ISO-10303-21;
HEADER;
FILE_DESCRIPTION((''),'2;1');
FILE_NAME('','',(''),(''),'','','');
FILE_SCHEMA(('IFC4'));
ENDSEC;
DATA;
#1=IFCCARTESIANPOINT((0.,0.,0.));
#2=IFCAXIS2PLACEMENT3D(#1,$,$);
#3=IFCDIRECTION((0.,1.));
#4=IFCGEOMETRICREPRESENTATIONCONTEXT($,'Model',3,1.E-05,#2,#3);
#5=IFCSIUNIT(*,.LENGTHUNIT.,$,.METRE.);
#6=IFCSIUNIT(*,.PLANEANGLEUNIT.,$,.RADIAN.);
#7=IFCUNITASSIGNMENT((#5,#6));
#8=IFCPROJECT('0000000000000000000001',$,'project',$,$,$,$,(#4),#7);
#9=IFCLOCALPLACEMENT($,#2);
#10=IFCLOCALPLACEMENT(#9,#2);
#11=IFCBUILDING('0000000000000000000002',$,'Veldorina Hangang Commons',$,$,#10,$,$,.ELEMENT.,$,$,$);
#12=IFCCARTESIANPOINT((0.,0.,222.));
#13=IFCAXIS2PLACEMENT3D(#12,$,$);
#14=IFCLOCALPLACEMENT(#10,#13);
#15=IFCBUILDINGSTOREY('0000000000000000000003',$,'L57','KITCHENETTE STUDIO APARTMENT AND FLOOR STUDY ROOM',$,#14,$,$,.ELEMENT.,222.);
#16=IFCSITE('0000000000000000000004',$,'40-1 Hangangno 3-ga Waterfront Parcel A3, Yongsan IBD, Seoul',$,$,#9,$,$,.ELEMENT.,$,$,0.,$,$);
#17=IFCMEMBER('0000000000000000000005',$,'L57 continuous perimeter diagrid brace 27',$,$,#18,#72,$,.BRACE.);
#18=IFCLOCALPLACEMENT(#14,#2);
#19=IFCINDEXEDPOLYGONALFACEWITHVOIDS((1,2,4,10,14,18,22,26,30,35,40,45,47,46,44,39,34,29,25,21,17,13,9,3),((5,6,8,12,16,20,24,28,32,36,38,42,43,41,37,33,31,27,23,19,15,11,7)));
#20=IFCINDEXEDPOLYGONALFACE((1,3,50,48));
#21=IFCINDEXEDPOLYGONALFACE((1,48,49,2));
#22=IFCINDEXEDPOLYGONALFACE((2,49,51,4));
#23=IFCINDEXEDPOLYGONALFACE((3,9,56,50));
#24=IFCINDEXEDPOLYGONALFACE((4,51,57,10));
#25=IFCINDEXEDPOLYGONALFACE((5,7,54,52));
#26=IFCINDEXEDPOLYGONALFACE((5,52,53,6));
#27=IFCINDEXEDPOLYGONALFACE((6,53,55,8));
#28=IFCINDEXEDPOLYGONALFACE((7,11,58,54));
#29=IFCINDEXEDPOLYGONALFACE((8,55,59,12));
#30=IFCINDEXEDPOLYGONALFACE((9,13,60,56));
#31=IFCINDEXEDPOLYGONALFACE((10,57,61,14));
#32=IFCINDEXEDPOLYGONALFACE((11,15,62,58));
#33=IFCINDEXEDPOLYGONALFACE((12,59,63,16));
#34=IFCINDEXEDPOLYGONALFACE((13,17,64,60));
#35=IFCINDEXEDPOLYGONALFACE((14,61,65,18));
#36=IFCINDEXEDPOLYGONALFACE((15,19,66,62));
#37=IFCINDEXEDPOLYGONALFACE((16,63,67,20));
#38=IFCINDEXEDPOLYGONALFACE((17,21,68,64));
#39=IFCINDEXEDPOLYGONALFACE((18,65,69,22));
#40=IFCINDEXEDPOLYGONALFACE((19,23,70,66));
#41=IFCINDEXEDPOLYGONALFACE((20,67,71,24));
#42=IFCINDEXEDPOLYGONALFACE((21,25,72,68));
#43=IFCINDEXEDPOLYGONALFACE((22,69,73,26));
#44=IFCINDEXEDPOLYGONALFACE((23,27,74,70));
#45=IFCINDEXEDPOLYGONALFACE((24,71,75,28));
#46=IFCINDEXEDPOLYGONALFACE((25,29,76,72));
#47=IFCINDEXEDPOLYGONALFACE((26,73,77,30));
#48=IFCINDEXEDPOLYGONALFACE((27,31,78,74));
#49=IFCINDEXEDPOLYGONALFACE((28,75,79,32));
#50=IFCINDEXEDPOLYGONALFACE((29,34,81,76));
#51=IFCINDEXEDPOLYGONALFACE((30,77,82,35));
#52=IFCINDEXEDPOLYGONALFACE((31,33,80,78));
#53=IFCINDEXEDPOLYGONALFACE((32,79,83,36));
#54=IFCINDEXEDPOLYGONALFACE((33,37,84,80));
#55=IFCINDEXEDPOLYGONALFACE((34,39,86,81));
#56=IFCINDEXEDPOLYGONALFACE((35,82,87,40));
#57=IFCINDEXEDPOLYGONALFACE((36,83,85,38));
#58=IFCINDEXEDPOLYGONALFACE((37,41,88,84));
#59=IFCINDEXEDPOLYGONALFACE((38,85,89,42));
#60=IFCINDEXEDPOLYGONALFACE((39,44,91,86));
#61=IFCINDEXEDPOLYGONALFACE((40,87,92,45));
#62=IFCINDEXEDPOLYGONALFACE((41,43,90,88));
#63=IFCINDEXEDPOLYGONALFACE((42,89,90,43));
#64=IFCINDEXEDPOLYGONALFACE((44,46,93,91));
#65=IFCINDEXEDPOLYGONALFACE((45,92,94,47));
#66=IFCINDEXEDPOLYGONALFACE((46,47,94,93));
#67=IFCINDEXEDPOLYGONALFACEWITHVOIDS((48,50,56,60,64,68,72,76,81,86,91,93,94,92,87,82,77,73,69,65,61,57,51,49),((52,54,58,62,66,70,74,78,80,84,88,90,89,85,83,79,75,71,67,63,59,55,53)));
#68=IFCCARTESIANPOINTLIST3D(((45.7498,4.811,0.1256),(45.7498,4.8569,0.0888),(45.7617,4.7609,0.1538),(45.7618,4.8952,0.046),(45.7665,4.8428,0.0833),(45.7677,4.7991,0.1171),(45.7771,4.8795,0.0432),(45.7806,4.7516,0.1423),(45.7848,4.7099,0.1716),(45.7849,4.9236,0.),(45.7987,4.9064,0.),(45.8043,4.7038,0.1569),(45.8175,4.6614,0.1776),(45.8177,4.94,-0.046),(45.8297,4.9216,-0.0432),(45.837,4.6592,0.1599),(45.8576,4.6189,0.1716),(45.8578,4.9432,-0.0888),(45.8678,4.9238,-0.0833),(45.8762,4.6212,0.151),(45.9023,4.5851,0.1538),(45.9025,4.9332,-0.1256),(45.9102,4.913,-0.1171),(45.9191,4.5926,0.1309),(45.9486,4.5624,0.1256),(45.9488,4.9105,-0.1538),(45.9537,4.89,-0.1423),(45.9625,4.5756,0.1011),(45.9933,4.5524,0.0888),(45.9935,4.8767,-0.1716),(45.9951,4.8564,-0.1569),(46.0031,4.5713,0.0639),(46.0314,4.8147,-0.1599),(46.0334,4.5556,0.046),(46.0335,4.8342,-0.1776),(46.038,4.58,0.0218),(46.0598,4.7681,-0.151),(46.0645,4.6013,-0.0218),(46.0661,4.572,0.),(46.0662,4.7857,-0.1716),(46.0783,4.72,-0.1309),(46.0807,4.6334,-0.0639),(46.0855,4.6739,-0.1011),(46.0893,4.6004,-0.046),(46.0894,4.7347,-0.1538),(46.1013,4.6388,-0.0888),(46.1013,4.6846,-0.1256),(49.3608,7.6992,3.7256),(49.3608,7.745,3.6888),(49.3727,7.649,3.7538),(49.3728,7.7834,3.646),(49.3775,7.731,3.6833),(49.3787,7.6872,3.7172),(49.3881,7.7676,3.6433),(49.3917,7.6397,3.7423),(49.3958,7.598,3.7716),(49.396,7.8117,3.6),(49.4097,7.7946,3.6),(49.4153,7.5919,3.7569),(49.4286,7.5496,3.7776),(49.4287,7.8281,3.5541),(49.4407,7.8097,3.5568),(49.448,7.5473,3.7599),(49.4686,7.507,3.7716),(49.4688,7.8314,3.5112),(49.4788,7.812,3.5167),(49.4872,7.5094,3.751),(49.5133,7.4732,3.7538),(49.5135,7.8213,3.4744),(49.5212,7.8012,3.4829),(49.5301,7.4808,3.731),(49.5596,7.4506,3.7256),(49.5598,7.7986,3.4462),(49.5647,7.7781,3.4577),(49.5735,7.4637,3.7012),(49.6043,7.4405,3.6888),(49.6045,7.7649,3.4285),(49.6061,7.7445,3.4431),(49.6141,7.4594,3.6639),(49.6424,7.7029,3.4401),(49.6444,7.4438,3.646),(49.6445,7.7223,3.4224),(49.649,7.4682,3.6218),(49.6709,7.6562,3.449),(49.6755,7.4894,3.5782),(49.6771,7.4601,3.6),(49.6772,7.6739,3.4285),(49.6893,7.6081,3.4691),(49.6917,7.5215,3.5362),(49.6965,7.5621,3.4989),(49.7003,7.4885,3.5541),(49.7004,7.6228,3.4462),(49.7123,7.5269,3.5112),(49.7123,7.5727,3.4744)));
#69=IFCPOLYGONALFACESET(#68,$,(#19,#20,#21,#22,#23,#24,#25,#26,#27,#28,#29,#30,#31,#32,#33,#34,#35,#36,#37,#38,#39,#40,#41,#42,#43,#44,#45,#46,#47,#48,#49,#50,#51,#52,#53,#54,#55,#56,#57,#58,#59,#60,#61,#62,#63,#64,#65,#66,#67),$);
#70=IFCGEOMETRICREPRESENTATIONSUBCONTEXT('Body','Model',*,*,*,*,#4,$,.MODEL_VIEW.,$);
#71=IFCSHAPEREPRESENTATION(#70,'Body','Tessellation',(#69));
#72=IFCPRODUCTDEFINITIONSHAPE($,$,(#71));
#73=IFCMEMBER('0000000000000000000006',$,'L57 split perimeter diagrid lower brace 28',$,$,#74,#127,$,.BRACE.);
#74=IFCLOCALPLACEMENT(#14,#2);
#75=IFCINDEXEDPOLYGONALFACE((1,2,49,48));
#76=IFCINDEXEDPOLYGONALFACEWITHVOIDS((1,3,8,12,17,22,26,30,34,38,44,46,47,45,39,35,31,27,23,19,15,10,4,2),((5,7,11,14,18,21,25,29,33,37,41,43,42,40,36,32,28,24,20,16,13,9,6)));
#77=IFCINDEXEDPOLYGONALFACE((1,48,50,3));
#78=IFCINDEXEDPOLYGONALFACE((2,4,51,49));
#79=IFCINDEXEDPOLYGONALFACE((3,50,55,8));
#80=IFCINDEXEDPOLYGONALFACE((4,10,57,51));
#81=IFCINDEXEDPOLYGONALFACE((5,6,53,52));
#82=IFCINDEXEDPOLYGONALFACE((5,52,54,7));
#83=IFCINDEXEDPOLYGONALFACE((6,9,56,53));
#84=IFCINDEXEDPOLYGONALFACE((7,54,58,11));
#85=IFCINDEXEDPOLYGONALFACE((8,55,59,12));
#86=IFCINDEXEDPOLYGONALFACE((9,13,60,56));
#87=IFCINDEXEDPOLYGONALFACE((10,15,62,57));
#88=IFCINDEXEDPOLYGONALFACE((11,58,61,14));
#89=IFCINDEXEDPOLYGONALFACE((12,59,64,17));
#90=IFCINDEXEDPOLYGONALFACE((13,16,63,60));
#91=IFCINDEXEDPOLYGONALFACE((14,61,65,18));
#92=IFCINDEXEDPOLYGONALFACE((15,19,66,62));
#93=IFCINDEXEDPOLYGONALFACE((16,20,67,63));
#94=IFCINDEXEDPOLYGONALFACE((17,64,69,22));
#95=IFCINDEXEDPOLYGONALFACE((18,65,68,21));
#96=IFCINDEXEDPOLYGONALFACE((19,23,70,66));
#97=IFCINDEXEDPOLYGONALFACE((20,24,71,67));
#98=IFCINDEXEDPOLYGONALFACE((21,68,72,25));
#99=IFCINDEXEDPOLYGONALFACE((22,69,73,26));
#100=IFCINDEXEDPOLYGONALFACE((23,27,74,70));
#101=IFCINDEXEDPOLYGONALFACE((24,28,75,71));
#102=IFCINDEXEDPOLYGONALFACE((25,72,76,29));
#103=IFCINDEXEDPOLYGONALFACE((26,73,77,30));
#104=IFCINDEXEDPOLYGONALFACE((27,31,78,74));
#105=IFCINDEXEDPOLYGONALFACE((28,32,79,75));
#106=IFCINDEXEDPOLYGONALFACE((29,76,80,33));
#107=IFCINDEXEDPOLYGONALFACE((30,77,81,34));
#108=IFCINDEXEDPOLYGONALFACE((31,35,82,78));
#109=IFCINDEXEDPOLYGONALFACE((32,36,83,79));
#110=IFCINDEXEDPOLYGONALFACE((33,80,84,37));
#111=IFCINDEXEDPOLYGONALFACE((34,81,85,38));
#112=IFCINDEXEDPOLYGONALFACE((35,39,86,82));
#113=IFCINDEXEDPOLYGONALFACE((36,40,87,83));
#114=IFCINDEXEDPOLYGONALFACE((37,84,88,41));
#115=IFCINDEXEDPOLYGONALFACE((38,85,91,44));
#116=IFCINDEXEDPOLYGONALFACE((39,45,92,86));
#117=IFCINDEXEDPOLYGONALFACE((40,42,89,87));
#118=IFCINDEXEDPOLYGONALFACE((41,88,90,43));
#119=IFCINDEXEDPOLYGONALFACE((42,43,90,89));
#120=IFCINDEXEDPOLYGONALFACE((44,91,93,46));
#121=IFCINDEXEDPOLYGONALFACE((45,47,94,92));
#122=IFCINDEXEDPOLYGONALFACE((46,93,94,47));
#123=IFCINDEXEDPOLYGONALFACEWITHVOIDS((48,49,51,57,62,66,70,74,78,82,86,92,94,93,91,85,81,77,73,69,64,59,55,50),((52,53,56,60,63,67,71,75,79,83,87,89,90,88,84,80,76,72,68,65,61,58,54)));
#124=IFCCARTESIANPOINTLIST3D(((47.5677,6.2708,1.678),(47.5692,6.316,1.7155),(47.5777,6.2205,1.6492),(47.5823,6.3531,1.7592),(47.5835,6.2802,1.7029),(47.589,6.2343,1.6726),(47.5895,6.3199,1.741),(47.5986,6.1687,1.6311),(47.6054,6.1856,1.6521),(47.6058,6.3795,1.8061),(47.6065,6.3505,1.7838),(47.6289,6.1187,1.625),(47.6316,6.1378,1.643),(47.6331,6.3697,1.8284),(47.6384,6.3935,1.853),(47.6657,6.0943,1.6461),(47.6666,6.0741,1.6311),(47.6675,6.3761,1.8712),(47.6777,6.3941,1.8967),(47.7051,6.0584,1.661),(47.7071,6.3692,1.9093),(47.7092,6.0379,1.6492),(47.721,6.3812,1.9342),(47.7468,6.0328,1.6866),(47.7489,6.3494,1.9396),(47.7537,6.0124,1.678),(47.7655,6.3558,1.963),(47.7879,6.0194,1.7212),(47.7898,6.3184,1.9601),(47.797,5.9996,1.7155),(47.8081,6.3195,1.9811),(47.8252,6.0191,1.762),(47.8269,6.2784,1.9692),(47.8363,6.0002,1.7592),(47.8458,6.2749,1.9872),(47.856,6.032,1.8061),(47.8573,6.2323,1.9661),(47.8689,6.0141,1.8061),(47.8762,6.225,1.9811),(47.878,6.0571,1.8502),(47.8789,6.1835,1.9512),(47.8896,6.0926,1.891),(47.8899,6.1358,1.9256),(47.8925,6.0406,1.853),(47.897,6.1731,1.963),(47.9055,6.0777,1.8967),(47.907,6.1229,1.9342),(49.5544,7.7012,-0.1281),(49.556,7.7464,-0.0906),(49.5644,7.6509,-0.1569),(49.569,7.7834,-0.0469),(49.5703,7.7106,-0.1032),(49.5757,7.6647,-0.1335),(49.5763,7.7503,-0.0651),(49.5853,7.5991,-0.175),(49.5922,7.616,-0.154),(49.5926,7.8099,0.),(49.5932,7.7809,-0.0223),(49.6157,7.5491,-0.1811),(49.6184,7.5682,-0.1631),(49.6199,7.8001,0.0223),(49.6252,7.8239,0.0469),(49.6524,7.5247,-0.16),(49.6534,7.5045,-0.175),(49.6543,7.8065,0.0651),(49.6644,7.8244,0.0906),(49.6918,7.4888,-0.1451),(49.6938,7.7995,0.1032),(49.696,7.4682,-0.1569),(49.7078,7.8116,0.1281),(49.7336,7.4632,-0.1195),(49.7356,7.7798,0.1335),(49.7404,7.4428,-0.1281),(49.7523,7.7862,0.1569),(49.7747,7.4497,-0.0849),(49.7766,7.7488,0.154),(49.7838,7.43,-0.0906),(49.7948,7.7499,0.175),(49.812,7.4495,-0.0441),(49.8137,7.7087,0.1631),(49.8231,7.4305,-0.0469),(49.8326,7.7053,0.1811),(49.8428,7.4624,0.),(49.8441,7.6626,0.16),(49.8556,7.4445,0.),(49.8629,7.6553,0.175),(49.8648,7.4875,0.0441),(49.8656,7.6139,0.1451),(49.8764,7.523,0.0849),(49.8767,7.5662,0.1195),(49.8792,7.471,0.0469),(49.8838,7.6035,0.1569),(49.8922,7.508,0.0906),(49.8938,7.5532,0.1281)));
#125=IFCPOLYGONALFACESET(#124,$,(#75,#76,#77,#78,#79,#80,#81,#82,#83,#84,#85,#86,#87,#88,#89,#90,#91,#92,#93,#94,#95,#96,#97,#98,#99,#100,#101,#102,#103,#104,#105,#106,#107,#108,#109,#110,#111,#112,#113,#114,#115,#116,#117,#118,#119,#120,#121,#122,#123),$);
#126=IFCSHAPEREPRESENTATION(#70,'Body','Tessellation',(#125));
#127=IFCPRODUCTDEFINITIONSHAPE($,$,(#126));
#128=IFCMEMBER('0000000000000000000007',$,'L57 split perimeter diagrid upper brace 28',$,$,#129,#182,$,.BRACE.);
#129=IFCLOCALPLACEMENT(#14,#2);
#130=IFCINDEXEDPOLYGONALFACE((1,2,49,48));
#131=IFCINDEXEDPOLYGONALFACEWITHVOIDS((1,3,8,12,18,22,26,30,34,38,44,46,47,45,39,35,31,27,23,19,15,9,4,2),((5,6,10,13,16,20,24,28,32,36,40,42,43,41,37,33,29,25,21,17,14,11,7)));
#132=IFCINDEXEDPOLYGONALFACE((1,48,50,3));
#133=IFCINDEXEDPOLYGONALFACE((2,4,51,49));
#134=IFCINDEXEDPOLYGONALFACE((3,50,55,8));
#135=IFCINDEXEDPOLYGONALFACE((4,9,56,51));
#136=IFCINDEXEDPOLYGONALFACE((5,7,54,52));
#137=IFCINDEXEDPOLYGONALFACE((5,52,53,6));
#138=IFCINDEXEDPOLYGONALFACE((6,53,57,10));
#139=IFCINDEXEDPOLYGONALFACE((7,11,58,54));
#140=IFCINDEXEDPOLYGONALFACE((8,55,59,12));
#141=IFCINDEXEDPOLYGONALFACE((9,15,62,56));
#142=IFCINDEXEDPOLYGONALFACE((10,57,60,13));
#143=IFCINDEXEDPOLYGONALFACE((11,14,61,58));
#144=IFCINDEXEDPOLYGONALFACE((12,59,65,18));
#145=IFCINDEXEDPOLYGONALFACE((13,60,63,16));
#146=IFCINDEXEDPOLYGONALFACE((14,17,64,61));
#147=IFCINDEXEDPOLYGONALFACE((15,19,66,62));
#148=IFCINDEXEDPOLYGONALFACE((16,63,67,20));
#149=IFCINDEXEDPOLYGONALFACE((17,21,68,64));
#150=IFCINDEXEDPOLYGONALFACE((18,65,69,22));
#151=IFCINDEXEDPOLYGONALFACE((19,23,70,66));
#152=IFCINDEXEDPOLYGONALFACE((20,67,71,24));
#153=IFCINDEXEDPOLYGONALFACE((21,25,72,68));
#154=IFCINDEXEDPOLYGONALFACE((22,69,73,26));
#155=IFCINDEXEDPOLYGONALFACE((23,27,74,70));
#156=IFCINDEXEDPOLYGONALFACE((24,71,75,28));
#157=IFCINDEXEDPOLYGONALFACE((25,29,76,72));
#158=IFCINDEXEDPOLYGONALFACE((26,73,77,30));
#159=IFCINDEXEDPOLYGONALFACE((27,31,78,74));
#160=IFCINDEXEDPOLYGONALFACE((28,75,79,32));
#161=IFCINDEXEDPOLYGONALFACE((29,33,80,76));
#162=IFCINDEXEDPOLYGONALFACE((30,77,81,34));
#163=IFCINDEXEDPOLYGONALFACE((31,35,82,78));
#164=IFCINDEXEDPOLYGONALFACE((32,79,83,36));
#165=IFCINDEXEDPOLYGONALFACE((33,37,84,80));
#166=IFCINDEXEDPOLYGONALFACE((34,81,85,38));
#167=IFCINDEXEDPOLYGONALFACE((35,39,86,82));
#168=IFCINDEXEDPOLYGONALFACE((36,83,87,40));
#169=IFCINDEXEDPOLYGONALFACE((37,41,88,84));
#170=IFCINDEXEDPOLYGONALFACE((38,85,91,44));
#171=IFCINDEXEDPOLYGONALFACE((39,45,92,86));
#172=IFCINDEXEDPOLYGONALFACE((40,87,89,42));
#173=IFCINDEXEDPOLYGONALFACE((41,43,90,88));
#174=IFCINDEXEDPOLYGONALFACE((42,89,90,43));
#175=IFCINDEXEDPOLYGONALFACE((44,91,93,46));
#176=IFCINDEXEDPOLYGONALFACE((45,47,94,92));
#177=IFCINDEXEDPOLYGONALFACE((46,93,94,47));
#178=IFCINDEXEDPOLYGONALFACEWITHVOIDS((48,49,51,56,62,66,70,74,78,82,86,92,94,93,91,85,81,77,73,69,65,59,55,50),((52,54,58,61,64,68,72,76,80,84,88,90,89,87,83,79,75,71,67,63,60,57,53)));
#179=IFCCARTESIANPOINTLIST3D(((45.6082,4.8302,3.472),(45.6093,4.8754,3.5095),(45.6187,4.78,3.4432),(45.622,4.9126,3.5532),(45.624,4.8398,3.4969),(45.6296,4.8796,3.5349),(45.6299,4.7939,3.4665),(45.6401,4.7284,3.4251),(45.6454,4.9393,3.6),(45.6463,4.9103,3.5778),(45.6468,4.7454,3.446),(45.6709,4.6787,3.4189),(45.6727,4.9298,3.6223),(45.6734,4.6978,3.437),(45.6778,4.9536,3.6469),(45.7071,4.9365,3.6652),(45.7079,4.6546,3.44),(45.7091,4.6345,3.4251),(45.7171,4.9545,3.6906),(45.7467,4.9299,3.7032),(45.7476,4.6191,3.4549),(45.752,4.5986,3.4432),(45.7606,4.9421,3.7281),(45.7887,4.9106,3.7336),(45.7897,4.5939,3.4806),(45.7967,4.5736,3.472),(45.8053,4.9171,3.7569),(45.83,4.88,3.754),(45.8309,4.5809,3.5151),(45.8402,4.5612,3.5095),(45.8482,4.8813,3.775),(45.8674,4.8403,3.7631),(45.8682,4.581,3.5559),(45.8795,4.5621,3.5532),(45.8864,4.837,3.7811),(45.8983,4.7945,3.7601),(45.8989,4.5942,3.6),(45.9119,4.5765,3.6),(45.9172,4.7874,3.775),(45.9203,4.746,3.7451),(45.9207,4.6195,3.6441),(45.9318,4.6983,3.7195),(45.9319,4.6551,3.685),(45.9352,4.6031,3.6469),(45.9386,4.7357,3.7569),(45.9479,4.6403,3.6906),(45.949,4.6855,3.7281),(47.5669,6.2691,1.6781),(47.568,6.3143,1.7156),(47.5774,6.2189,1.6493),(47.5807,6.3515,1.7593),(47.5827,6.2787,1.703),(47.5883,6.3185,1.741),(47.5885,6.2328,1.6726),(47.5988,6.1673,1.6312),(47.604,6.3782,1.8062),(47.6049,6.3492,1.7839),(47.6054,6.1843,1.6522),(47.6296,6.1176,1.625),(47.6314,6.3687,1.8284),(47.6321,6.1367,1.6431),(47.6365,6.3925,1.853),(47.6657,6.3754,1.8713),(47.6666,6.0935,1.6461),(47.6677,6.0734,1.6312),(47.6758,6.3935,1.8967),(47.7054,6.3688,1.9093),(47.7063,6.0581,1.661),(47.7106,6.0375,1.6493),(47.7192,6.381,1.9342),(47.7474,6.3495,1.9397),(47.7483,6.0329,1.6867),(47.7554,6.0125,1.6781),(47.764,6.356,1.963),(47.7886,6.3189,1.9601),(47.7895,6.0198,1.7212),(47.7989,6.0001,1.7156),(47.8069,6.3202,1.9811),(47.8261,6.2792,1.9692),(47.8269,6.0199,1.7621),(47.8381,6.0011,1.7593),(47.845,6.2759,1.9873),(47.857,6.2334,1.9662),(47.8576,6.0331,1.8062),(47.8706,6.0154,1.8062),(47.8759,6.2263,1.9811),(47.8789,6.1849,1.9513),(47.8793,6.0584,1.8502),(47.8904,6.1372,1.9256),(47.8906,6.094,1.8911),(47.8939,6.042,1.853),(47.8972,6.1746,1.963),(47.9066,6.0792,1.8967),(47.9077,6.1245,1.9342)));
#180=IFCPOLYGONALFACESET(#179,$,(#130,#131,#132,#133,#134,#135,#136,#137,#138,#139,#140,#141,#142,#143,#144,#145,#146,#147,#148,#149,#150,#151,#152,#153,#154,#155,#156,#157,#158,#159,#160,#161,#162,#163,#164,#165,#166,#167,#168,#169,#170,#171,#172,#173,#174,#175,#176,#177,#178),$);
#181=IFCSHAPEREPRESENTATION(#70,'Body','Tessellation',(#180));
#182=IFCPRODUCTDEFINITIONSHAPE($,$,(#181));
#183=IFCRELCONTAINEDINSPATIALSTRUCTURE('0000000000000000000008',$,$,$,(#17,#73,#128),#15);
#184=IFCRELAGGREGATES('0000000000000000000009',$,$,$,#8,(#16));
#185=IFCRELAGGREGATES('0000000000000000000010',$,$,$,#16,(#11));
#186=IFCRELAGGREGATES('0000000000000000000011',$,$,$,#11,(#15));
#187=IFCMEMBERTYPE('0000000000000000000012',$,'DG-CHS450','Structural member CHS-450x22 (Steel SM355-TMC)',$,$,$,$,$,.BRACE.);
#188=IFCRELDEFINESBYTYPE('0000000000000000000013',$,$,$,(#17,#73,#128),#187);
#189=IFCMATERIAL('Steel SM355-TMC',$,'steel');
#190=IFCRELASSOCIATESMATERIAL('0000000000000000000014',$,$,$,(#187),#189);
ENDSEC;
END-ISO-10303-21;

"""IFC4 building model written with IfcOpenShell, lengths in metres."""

from ifc_helpers import new_model, si_unit, direction, frame, origin, origin_2d, place, context, subcontext, project, spatial, hollow_circle, extrude, material, material_profile, profile_set, type_object, element, save


model = new_model("IFC4")

# Units and contexts
model_context = context("Model", 3, precision=1e-05, world=origin(), true_north=direction((0.0, 1.0)))
body_context = subcontext(model_context, "Body", "Model", "MODEL_VIEW")
ifc_project = project(units=[si_unit("LENGTHUNIT", "METRE"), si_unit("PLANEANGLEUNIT", "RADIAN")], contexts=[model_context])

# Site, building, storey
site_placement = place(None, origin())
site = spatial("IfcSite", under=ifc_project, at=site_placement, Name="40-1 Hangangno 3-ga Waterfront Parcel A3, Yongsan IBD, Seoul", CompositionType="ELEMENT", RefElevation=0.0)
building_placement = place(site_placement, origin())
building = spatial("IfcBuilding", under=site, at=building_placement, Name="Veldorina Hangang Commons", CompositionType="ELEMENT")
storey_placement = place(building_placement, frame((0.0, 0.0, 222.0)))
storey = spatial("IfcBuildingStorey", under=building, at=storey_placement, Name="L57", Description="KITCHENETTE STUDIO APARTMENT AND FLOOR STUDY ROOM", CompositionType="ELEMENT", Elevation=222.0)

# Shared definitions
ifc_material_1 = material(Name="Steel SM355-TMC", Category="steel")

# Members
ifc_material_profile_1 = material_profile(ifc_material_1, hollow_circle(Radius=0.2251, WallThickness=0.022, at=origin_2d()), Name="CHS-450x22")
ifc_profile_set_1 = profile_set([ifc_material_profile_1], Name="Steel SM355-TMC")
member_type_1 = type_object("IfcMemberType", Name="DG-CHS450", Description="Structural member CHS-450x22 (Steel SM355-TMC)", PredefinedType="BRACE", material=ifc_profile_set_1)
member_1_placement = place(storey_placement, frame((45.9255, 4.7478, 0.0), z_axis=(0.616202, 0.492845, 0.614328), x_axis=(-0.624605, 0.780941, 0.0)))
element("IfcMember", 1, at=member_1_placement, inside=storey, type_object=member_type_1, Name="L57 continuous perimeter diagrid brace 27", PredefinedType="BRACE", context=body_context, shape_type="SweptSolid", body=[
    extrude(hollow_circle(Radius=0.2251, WallThickness=0.022, at=origin_2d()), origin(), (0.0, 0.0, 1.0), 5.8601),
])
member_2_placement = place(storey_placement, frame((49.7241, 7.6272, 0.0), z_axis=(-0.653059, -0.470174, 0.593675), x_axis=(0.584281, -0.811551, 0.0)))
element("IfcMember", 2, at=member_2_placement, inside=storey, type_object=member_type_1, Name="L57 split perimeter diagrid lower brace 28", PredefinedType="BRACE", context=body_context, shape_type="SweptSolid", body=[
    extrude(hollow_circle(Radius=0.2251, WallThickness=0.022, at=origin_2d()), origin(), (0.0, 0.0, 1.0), 3.0422),
])
member_3_placement = place(storey_placement, frame((47.7373, 6.1968, 1.8062), z_axis=(-0.648407, -0.476345, 0.593855), x_axis=(0.592047, -0.805903, 0.0)))
element("IfcMember", 3, at=member_3_placement, inside=storey, type_object=member_type_1, Name="L57 split perimeter diagrid upper brace 28", PredefinedType="BRACE", context=body_context, shape_type="SweptSolid", body=[
    extrude(hollow_circle(Radius=0.2251, WallThickness=0.022, at=origin_2d()), origin(), (0.0, 0.0, 1.0), 3.0208),
])

save(model, "model.ifc")
